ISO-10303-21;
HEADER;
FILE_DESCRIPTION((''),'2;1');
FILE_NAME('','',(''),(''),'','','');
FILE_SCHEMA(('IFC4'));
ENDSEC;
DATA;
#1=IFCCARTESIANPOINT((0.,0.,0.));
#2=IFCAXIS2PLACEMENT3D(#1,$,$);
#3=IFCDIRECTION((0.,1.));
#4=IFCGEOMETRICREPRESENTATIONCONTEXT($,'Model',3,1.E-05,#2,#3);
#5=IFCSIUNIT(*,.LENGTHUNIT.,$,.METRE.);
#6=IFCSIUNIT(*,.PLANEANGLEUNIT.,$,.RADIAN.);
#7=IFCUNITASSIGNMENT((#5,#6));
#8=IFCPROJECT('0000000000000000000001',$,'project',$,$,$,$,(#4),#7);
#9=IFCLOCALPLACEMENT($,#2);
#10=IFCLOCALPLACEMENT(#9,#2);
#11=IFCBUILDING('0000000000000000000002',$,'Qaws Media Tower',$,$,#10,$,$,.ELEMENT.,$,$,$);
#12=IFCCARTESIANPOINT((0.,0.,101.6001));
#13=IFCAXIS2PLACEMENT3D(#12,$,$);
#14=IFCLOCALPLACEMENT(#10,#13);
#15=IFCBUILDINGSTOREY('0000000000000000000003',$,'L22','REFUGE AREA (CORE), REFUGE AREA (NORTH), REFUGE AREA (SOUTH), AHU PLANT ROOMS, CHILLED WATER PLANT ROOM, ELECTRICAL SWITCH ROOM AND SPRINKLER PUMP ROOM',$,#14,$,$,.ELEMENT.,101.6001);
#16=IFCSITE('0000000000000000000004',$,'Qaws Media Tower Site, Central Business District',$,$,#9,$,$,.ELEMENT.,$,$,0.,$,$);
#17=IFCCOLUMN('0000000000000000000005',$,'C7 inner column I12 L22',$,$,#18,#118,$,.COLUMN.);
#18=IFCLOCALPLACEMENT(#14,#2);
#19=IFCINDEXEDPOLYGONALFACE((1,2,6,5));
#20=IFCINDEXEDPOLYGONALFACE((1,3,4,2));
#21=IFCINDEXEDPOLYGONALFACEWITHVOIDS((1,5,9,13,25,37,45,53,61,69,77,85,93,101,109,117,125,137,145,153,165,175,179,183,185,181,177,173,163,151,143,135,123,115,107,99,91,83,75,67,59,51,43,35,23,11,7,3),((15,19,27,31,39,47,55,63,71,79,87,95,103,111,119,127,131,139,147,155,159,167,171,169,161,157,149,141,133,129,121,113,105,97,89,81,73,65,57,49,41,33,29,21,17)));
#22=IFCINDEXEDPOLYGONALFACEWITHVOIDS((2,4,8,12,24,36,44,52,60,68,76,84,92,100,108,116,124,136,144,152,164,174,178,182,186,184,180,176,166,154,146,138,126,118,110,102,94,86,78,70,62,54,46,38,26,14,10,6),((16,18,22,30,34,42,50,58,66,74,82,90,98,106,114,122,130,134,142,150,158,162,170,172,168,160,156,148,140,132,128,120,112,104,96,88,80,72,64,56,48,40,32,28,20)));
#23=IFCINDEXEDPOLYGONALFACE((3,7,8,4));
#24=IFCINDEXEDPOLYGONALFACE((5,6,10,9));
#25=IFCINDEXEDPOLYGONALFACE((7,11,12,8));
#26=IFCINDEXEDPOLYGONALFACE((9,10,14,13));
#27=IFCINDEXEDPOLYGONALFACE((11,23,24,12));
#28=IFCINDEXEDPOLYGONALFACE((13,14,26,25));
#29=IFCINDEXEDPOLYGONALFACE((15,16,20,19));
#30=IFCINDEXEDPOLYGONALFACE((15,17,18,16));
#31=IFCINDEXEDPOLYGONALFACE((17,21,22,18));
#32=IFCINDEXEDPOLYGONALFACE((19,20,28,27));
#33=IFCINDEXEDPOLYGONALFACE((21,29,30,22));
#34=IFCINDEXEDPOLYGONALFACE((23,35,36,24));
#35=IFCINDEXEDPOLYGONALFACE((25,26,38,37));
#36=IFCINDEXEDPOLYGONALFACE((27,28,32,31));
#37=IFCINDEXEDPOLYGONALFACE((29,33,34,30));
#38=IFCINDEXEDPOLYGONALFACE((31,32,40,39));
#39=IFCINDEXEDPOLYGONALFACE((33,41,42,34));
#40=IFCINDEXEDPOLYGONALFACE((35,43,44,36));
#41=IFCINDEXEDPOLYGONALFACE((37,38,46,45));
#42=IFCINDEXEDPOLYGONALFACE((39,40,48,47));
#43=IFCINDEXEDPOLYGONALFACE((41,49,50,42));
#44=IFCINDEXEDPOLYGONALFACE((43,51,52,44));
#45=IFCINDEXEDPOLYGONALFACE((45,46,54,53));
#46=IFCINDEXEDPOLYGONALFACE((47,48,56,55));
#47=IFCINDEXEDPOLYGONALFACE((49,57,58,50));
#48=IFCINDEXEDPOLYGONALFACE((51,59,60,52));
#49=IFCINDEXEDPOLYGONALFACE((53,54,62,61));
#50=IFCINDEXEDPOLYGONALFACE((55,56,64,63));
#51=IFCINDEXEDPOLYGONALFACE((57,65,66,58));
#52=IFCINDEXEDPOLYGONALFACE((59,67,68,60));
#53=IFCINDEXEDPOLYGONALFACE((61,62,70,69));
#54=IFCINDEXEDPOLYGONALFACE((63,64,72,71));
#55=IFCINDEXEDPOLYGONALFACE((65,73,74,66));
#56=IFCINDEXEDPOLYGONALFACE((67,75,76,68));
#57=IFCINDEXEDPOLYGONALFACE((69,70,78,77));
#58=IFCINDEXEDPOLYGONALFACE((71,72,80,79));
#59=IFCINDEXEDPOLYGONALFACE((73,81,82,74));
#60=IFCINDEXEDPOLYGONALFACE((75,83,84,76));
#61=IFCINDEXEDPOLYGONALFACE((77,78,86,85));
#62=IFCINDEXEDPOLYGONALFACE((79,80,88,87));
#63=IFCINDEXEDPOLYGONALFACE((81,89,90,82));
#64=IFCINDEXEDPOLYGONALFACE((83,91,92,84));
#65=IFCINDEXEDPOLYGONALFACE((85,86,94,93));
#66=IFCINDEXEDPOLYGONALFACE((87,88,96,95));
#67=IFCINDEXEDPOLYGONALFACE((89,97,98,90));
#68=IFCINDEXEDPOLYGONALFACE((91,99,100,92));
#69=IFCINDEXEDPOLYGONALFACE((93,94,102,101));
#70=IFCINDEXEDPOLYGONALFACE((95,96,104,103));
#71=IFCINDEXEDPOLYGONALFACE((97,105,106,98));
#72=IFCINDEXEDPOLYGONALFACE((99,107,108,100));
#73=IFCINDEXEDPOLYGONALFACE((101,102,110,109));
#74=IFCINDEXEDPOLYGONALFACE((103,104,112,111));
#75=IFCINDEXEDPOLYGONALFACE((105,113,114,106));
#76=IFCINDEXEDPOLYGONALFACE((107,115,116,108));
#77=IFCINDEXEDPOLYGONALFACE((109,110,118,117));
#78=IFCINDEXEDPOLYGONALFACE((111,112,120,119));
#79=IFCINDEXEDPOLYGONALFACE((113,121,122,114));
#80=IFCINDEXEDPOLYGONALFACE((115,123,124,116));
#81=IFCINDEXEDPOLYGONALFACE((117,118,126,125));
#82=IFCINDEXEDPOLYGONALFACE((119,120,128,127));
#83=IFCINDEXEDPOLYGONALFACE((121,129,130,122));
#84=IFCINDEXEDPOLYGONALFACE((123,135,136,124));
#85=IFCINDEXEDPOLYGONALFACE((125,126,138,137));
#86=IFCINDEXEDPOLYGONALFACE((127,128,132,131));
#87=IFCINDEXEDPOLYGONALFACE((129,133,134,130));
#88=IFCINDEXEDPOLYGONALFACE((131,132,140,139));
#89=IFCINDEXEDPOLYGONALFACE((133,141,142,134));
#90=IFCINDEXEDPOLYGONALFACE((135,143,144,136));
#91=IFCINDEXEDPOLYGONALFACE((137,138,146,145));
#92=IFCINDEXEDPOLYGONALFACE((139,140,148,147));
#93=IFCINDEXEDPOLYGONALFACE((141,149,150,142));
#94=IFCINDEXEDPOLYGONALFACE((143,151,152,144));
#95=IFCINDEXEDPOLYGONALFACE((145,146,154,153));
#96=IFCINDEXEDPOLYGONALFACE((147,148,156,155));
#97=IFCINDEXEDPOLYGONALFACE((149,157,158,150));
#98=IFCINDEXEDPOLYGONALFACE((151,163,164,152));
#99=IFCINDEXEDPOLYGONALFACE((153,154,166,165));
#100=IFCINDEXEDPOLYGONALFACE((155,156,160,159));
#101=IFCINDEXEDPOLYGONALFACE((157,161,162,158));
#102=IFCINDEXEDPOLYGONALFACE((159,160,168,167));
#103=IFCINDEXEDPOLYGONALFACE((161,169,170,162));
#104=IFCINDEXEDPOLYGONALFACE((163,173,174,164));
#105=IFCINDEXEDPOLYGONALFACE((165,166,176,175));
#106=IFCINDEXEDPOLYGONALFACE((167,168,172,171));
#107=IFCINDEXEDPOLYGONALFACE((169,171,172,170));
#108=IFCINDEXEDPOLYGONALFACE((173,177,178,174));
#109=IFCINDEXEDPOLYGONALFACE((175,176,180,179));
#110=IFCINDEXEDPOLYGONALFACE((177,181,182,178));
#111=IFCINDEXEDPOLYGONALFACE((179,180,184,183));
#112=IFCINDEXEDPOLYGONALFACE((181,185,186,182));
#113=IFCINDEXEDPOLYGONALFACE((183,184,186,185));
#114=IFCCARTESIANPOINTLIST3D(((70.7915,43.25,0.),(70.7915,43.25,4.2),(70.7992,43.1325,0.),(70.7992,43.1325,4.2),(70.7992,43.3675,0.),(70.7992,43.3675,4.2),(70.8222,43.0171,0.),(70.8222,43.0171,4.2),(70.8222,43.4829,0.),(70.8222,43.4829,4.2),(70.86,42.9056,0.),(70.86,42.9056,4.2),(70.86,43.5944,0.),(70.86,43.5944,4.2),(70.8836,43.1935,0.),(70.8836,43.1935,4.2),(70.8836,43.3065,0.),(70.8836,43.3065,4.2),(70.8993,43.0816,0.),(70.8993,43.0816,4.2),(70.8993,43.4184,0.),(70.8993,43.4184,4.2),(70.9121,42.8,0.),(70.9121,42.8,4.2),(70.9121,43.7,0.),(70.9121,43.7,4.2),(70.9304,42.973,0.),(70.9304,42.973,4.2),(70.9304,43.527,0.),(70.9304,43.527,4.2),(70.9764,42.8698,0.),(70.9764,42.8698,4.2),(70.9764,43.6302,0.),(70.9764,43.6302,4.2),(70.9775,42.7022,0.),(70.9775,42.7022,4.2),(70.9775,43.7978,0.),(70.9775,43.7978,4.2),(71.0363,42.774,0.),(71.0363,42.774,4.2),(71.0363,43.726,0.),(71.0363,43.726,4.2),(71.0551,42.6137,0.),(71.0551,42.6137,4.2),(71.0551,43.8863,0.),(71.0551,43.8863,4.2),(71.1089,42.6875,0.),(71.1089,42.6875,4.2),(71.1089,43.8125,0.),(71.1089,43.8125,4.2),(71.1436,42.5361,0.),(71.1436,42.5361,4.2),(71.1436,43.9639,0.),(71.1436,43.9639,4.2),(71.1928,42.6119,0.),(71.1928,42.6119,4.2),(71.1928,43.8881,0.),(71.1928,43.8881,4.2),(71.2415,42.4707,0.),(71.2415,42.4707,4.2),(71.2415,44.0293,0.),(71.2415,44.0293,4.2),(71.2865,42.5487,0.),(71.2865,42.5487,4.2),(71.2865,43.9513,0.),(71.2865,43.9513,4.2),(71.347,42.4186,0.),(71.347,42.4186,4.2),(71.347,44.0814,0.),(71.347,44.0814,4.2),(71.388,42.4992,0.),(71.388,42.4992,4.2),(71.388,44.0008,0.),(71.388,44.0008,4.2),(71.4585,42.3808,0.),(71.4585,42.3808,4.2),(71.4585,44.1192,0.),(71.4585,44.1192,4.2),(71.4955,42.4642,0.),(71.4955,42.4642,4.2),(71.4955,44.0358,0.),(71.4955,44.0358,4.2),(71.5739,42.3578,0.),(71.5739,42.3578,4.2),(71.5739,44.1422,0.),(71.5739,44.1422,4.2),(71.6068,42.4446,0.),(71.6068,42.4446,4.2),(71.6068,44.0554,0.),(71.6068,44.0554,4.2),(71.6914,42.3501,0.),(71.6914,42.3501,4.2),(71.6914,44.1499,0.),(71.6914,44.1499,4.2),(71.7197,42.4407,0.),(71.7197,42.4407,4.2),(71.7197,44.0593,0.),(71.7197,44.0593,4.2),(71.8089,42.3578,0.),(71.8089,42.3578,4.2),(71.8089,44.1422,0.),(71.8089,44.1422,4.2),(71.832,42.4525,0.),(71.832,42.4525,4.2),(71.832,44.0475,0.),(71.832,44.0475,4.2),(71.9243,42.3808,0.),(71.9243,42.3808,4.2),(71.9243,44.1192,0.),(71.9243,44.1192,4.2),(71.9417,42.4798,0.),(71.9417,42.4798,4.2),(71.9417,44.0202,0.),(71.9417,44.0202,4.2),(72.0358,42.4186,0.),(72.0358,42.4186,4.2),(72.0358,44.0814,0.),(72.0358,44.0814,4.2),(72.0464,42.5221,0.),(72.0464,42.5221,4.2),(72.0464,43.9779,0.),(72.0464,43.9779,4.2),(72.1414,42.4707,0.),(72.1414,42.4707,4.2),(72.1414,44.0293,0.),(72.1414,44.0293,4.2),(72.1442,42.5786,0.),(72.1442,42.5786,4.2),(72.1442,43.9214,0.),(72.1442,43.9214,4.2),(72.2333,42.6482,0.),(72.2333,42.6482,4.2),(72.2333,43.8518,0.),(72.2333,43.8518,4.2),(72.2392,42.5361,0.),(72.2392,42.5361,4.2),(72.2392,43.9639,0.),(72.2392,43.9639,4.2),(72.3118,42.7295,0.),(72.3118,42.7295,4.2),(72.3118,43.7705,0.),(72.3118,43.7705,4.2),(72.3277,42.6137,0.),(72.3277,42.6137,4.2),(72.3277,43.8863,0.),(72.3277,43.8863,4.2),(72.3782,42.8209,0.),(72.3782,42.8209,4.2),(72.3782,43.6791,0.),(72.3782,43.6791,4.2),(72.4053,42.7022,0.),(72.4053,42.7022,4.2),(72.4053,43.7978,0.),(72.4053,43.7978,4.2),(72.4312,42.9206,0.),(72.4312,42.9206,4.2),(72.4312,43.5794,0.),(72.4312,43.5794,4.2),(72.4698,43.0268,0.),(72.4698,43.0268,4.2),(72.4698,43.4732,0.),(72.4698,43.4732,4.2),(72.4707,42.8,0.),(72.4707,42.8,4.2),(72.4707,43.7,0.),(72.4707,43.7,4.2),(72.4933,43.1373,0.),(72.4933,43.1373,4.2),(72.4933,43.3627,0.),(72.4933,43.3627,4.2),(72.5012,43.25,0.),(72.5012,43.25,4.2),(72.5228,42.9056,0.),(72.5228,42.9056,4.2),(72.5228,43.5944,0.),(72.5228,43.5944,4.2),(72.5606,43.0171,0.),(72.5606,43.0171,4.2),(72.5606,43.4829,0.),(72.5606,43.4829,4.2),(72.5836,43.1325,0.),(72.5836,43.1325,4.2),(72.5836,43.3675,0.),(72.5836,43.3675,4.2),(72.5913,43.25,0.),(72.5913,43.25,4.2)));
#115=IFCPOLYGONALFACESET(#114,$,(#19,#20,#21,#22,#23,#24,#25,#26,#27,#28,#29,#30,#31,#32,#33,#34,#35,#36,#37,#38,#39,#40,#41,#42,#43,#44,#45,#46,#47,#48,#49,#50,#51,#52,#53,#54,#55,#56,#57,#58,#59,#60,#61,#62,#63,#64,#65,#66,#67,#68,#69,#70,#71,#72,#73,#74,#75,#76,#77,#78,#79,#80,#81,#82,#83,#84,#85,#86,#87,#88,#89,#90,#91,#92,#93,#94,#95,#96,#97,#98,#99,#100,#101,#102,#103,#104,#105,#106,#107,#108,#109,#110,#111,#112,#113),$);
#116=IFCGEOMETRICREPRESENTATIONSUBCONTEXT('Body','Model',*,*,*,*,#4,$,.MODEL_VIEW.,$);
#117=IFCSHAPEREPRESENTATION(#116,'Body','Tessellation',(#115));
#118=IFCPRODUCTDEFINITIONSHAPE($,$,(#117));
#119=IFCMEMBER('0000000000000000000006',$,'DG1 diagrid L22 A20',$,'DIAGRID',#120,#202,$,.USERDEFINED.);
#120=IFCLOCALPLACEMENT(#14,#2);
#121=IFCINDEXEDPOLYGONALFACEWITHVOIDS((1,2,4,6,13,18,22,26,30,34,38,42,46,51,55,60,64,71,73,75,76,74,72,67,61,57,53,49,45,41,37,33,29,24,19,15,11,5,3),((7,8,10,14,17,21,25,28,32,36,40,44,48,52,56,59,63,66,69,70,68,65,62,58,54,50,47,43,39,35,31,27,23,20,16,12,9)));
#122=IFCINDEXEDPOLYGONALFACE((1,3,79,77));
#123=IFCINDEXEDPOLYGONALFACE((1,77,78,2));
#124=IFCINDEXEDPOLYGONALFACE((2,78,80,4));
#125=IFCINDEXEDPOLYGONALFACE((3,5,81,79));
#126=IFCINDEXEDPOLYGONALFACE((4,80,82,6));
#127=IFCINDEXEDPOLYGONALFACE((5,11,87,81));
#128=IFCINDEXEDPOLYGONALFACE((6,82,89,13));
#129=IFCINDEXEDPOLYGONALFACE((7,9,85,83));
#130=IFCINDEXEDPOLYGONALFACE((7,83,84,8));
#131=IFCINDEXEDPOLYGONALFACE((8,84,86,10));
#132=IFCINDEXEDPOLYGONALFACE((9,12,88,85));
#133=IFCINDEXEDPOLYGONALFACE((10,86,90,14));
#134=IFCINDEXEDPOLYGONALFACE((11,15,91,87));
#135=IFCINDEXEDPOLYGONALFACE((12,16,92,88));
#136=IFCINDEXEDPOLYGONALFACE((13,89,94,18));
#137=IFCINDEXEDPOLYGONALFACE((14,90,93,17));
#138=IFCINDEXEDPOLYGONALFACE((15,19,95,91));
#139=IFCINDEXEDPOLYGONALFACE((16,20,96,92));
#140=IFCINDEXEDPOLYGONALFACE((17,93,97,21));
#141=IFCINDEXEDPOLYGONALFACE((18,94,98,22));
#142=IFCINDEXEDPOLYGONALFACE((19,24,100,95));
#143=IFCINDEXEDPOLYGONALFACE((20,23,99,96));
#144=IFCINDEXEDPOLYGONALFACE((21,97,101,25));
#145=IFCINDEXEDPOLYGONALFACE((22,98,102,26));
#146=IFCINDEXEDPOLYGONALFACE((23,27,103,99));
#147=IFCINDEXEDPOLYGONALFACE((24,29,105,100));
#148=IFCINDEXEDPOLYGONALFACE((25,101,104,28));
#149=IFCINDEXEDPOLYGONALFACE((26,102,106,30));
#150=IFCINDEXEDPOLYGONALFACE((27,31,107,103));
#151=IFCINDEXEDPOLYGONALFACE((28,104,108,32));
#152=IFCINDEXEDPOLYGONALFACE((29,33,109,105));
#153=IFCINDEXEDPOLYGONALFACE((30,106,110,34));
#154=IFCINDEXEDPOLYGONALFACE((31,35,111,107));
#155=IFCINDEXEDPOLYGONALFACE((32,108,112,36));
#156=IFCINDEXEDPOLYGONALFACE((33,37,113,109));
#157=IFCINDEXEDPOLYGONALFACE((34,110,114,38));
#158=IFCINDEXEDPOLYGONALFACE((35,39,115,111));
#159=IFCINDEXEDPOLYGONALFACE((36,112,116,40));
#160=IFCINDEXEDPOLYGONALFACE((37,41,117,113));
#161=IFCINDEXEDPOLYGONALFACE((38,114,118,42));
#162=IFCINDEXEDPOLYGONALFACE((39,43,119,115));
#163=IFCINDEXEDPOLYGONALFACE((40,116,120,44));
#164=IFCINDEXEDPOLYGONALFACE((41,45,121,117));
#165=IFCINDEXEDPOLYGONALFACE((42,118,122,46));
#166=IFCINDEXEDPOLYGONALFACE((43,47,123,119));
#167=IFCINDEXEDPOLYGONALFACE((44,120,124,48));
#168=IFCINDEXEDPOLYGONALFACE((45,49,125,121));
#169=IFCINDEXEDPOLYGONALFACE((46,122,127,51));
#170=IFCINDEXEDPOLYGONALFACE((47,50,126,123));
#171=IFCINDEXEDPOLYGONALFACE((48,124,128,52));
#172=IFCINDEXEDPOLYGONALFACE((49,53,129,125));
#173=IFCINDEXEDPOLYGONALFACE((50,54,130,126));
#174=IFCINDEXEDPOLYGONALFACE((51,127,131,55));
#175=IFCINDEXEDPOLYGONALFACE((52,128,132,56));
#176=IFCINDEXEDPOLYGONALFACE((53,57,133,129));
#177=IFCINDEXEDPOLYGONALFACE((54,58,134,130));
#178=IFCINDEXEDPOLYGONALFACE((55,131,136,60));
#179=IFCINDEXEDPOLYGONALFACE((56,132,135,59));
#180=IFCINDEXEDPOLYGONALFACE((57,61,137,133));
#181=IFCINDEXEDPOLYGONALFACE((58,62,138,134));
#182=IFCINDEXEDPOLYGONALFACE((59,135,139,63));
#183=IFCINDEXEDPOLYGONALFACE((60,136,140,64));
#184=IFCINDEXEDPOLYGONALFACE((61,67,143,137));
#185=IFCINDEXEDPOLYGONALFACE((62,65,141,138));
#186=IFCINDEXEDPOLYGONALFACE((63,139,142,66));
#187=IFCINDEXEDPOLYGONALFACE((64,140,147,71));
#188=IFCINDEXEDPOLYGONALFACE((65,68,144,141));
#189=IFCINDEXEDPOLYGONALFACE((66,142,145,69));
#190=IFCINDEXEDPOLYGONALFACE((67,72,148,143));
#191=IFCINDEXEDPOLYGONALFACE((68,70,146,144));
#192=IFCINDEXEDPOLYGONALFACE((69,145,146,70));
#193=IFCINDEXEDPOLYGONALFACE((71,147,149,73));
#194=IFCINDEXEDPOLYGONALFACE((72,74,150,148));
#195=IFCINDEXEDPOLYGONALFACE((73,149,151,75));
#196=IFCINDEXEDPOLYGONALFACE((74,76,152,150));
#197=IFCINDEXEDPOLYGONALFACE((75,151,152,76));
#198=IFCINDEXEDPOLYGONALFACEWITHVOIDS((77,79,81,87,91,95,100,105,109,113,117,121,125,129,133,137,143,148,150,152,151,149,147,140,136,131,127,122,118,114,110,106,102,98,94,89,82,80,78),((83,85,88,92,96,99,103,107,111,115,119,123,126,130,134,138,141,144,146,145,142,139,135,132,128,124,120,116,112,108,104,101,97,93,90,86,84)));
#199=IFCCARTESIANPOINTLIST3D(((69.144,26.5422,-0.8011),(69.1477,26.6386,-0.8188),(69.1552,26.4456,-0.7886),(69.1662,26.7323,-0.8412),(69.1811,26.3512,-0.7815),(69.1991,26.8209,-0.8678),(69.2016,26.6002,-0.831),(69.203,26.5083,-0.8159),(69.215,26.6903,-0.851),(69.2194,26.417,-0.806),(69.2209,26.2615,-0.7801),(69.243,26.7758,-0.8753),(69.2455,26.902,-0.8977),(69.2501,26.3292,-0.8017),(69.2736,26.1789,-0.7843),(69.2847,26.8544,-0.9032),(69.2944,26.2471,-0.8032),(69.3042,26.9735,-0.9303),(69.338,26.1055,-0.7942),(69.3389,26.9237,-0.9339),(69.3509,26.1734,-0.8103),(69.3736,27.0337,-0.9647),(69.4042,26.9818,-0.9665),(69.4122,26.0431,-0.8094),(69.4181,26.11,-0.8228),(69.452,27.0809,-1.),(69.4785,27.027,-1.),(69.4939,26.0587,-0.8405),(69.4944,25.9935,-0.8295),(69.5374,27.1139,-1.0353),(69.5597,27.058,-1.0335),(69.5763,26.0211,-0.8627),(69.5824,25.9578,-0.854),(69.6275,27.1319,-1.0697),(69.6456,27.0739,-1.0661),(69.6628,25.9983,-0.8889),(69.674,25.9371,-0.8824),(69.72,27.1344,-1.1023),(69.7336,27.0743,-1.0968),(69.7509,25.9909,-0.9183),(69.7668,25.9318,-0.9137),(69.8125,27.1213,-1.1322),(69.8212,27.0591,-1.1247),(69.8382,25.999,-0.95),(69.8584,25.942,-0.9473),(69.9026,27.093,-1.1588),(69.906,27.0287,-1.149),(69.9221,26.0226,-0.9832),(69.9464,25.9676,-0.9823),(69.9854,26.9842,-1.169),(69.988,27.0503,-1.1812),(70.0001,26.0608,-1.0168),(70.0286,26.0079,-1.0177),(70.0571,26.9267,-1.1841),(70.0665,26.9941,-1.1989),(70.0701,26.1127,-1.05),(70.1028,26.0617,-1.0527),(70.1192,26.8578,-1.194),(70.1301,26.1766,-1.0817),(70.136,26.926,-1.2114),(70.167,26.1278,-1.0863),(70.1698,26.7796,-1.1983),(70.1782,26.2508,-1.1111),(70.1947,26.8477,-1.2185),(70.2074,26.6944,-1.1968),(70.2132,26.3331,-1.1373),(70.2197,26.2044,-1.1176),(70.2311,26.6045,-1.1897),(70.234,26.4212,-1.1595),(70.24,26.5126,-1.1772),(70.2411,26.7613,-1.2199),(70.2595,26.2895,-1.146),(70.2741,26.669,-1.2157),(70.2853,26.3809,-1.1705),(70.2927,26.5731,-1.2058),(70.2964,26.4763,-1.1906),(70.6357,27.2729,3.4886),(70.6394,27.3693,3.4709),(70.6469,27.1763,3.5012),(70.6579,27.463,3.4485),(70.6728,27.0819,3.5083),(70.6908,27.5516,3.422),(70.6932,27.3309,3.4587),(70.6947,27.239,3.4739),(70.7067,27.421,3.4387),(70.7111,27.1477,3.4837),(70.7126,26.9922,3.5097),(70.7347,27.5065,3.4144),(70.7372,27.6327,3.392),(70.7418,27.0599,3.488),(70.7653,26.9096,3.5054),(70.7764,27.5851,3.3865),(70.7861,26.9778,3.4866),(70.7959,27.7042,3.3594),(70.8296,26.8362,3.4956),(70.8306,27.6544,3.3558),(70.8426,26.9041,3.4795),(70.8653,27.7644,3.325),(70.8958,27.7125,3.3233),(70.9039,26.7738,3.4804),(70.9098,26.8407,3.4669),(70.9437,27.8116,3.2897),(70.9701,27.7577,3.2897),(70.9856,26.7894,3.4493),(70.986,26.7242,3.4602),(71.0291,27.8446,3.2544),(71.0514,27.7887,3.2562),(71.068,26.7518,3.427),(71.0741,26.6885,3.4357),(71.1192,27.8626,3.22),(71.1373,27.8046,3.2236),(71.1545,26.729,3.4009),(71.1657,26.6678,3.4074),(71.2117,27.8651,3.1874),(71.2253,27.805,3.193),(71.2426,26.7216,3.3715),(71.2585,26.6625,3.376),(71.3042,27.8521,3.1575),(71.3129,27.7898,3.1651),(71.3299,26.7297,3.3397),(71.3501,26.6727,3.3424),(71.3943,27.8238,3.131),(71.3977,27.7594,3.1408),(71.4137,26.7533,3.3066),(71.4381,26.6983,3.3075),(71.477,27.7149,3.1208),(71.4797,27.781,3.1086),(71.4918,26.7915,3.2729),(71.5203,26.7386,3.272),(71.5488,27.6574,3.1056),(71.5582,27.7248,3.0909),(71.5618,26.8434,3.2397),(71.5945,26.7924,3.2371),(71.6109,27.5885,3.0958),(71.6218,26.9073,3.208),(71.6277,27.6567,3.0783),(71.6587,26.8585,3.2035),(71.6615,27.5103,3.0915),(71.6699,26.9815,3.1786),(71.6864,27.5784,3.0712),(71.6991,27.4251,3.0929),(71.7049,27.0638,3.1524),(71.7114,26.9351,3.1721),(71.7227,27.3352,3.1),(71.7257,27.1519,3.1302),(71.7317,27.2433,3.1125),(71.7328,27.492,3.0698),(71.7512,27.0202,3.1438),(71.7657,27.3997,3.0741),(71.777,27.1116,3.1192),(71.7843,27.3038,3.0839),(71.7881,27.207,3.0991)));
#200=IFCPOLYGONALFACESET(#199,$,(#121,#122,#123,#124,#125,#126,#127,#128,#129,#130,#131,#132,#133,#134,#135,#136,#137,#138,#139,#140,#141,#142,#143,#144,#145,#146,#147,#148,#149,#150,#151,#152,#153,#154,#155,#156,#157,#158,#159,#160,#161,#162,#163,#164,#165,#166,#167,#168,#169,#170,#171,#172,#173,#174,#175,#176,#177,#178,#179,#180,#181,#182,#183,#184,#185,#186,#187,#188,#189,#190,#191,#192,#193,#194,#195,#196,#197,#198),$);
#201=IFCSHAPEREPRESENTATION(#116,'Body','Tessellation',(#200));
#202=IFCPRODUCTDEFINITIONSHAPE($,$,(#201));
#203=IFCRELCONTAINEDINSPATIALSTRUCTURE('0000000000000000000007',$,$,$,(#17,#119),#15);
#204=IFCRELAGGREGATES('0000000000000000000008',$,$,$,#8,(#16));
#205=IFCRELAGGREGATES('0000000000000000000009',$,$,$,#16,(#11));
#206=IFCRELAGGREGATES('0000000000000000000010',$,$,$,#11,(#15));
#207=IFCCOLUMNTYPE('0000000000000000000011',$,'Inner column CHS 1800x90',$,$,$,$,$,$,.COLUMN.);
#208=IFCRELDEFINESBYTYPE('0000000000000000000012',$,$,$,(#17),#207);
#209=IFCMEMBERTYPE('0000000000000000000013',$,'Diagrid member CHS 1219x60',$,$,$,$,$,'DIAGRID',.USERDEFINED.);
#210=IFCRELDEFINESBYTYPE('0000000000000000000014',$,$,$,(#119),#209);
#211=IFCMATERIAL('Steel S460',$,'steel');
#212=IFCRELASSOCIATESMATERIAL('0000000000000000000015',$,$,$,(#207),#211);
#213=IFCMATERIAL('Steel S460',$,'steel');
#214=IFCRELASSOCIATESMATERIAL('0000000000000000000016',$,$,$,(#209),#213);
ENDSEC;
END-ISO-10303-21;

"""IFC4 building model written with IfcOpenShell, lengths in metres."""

from ifc_helpers import new_model, si_unit, direction, frame, origin, origin_2d, place, context, subcontext, project, spatial, hollow_circle, extrude, material, material_profile, profile_set, type_object, element, save


model = new_model("IFC4")

# Units and contexts
model_context = context("Model", 3, precision=1e-05, world=origin(), true_north=direction((0.0, 1.0)))
body_context = subcontext(model_context, "Body", "Model", "MODEL_VIEW")
ifc_project = project(units=[si_unit("LENGTHUNIT", "METRE"), si_unit("PLANEANGLEUNIT", "RADIAN")], contexts=[model_context])

# Site, building, storey
site_placement = place(None, origin())
site = spatial("IfcSite", under=ifc_project, at=site_placement, Name="Qaws Media Tower Site, Central Business District", CompositionType="ELEMENT", RefElevation=0.0)
building_placement = place(site_placement, origin())
building = spatial("IfcBuilding", under=site, at=building_placement, Name="Qaws Media Tower", CompositionType="ELEMENT")
storey_placement = place(building_placement, frame((0.0, 0.0, 101.6001)))
storey = spatial("IfcBuildingStorey", under=building, at=storey_placement, Name="L22", Description="REFUGE AREA (CORE), REFUGE AREA (NORTH), REFUGE AREA (SOUTH), AHU PLANT ROOMS, CHILLED WATER PLANT ROOM, ELECTRICAL SWITCH ROOM AND SPRINKLER PUMP ROOM", CompositionType="ELEMENT", Elevation=101.6001)

# Column
ifc_material_1 = material(Name="Steel S460", Category="steel")
ifc_material_profile_1 = material_profile(ifc_material_1, hollow_circle(Radius=0.8999, WallThickness=0.0901, at=origin_2d()), Name="CHS 1800x90")
ifc_profile_set_1 = profile_set([ifc_material_profile_1], Name="Steel S460")
column_type = type_object("IfcColumnType", Name="Inner column CHS 1800x90", PredefinedType="COLUMN", material=ifc_profile_set_1)
column_placement = place(storey_placement, frame((71.6914, 43.25, 0.0), z_axis=(0.0, 0.0, 1.0), x_axis=(1.0, 0.0, 0.0)))
element("IfcColumn", 1, at=column_placement, inside=storey, type_object=column_type, Name="C7 inner column I12 L22", PredefinedType="COLUMN", context=body_context, shape_type="SweptSolid", body=[
    extrude(hollow_circle(Radius=0.8999, WallThickness=0.0901, at=origin_2d()), origin(), (0.0, 0.0, 1.0), 4.2),
])

# Member
ifc_material_2 = material(Name="Steel S460", Category="steel")
ifc_material_profile_2 = material_profile(ifc_material_2, hollow_circle(Radius=0.6096, WallThickness=0.0601, at=origin_2d()), Name="CHS 1219x60")
ifc_profile_set_2 = profile_set([ifc_material_profile_2], Name="Steel S460")
member_type = type_object("IfcMemberType", Name="Diagrid member CHS 1219x60", ElementType="DIAGRID", PredefinedType="USERDEFINED", material=ifc_profile_set_2)
member_1_placement = place(storey_placement, frame((69.7202, 26.5334, -1.0), z_axis=(0.324271, 0.158845, 0.932532), x_axis=(-0.439909, 0.898043, 0.0)))
element("IfcMember", 2, at=member_1_placement, inside=storey, type_object=member_type, Name="DG1 diagrid L22 A20", ObjectType="DIAGRID", PredefinedType="USERDEFINED", context=body_context, shape_type="SweptSolid", body=[
    extrude(hollow_circle(Radius=0.6096, WallThickness=0.0601, at=origin_2d()), origin(), (0.0, 0.0, 1.0), 4.6001),
])

save(model, "model.ifc")
